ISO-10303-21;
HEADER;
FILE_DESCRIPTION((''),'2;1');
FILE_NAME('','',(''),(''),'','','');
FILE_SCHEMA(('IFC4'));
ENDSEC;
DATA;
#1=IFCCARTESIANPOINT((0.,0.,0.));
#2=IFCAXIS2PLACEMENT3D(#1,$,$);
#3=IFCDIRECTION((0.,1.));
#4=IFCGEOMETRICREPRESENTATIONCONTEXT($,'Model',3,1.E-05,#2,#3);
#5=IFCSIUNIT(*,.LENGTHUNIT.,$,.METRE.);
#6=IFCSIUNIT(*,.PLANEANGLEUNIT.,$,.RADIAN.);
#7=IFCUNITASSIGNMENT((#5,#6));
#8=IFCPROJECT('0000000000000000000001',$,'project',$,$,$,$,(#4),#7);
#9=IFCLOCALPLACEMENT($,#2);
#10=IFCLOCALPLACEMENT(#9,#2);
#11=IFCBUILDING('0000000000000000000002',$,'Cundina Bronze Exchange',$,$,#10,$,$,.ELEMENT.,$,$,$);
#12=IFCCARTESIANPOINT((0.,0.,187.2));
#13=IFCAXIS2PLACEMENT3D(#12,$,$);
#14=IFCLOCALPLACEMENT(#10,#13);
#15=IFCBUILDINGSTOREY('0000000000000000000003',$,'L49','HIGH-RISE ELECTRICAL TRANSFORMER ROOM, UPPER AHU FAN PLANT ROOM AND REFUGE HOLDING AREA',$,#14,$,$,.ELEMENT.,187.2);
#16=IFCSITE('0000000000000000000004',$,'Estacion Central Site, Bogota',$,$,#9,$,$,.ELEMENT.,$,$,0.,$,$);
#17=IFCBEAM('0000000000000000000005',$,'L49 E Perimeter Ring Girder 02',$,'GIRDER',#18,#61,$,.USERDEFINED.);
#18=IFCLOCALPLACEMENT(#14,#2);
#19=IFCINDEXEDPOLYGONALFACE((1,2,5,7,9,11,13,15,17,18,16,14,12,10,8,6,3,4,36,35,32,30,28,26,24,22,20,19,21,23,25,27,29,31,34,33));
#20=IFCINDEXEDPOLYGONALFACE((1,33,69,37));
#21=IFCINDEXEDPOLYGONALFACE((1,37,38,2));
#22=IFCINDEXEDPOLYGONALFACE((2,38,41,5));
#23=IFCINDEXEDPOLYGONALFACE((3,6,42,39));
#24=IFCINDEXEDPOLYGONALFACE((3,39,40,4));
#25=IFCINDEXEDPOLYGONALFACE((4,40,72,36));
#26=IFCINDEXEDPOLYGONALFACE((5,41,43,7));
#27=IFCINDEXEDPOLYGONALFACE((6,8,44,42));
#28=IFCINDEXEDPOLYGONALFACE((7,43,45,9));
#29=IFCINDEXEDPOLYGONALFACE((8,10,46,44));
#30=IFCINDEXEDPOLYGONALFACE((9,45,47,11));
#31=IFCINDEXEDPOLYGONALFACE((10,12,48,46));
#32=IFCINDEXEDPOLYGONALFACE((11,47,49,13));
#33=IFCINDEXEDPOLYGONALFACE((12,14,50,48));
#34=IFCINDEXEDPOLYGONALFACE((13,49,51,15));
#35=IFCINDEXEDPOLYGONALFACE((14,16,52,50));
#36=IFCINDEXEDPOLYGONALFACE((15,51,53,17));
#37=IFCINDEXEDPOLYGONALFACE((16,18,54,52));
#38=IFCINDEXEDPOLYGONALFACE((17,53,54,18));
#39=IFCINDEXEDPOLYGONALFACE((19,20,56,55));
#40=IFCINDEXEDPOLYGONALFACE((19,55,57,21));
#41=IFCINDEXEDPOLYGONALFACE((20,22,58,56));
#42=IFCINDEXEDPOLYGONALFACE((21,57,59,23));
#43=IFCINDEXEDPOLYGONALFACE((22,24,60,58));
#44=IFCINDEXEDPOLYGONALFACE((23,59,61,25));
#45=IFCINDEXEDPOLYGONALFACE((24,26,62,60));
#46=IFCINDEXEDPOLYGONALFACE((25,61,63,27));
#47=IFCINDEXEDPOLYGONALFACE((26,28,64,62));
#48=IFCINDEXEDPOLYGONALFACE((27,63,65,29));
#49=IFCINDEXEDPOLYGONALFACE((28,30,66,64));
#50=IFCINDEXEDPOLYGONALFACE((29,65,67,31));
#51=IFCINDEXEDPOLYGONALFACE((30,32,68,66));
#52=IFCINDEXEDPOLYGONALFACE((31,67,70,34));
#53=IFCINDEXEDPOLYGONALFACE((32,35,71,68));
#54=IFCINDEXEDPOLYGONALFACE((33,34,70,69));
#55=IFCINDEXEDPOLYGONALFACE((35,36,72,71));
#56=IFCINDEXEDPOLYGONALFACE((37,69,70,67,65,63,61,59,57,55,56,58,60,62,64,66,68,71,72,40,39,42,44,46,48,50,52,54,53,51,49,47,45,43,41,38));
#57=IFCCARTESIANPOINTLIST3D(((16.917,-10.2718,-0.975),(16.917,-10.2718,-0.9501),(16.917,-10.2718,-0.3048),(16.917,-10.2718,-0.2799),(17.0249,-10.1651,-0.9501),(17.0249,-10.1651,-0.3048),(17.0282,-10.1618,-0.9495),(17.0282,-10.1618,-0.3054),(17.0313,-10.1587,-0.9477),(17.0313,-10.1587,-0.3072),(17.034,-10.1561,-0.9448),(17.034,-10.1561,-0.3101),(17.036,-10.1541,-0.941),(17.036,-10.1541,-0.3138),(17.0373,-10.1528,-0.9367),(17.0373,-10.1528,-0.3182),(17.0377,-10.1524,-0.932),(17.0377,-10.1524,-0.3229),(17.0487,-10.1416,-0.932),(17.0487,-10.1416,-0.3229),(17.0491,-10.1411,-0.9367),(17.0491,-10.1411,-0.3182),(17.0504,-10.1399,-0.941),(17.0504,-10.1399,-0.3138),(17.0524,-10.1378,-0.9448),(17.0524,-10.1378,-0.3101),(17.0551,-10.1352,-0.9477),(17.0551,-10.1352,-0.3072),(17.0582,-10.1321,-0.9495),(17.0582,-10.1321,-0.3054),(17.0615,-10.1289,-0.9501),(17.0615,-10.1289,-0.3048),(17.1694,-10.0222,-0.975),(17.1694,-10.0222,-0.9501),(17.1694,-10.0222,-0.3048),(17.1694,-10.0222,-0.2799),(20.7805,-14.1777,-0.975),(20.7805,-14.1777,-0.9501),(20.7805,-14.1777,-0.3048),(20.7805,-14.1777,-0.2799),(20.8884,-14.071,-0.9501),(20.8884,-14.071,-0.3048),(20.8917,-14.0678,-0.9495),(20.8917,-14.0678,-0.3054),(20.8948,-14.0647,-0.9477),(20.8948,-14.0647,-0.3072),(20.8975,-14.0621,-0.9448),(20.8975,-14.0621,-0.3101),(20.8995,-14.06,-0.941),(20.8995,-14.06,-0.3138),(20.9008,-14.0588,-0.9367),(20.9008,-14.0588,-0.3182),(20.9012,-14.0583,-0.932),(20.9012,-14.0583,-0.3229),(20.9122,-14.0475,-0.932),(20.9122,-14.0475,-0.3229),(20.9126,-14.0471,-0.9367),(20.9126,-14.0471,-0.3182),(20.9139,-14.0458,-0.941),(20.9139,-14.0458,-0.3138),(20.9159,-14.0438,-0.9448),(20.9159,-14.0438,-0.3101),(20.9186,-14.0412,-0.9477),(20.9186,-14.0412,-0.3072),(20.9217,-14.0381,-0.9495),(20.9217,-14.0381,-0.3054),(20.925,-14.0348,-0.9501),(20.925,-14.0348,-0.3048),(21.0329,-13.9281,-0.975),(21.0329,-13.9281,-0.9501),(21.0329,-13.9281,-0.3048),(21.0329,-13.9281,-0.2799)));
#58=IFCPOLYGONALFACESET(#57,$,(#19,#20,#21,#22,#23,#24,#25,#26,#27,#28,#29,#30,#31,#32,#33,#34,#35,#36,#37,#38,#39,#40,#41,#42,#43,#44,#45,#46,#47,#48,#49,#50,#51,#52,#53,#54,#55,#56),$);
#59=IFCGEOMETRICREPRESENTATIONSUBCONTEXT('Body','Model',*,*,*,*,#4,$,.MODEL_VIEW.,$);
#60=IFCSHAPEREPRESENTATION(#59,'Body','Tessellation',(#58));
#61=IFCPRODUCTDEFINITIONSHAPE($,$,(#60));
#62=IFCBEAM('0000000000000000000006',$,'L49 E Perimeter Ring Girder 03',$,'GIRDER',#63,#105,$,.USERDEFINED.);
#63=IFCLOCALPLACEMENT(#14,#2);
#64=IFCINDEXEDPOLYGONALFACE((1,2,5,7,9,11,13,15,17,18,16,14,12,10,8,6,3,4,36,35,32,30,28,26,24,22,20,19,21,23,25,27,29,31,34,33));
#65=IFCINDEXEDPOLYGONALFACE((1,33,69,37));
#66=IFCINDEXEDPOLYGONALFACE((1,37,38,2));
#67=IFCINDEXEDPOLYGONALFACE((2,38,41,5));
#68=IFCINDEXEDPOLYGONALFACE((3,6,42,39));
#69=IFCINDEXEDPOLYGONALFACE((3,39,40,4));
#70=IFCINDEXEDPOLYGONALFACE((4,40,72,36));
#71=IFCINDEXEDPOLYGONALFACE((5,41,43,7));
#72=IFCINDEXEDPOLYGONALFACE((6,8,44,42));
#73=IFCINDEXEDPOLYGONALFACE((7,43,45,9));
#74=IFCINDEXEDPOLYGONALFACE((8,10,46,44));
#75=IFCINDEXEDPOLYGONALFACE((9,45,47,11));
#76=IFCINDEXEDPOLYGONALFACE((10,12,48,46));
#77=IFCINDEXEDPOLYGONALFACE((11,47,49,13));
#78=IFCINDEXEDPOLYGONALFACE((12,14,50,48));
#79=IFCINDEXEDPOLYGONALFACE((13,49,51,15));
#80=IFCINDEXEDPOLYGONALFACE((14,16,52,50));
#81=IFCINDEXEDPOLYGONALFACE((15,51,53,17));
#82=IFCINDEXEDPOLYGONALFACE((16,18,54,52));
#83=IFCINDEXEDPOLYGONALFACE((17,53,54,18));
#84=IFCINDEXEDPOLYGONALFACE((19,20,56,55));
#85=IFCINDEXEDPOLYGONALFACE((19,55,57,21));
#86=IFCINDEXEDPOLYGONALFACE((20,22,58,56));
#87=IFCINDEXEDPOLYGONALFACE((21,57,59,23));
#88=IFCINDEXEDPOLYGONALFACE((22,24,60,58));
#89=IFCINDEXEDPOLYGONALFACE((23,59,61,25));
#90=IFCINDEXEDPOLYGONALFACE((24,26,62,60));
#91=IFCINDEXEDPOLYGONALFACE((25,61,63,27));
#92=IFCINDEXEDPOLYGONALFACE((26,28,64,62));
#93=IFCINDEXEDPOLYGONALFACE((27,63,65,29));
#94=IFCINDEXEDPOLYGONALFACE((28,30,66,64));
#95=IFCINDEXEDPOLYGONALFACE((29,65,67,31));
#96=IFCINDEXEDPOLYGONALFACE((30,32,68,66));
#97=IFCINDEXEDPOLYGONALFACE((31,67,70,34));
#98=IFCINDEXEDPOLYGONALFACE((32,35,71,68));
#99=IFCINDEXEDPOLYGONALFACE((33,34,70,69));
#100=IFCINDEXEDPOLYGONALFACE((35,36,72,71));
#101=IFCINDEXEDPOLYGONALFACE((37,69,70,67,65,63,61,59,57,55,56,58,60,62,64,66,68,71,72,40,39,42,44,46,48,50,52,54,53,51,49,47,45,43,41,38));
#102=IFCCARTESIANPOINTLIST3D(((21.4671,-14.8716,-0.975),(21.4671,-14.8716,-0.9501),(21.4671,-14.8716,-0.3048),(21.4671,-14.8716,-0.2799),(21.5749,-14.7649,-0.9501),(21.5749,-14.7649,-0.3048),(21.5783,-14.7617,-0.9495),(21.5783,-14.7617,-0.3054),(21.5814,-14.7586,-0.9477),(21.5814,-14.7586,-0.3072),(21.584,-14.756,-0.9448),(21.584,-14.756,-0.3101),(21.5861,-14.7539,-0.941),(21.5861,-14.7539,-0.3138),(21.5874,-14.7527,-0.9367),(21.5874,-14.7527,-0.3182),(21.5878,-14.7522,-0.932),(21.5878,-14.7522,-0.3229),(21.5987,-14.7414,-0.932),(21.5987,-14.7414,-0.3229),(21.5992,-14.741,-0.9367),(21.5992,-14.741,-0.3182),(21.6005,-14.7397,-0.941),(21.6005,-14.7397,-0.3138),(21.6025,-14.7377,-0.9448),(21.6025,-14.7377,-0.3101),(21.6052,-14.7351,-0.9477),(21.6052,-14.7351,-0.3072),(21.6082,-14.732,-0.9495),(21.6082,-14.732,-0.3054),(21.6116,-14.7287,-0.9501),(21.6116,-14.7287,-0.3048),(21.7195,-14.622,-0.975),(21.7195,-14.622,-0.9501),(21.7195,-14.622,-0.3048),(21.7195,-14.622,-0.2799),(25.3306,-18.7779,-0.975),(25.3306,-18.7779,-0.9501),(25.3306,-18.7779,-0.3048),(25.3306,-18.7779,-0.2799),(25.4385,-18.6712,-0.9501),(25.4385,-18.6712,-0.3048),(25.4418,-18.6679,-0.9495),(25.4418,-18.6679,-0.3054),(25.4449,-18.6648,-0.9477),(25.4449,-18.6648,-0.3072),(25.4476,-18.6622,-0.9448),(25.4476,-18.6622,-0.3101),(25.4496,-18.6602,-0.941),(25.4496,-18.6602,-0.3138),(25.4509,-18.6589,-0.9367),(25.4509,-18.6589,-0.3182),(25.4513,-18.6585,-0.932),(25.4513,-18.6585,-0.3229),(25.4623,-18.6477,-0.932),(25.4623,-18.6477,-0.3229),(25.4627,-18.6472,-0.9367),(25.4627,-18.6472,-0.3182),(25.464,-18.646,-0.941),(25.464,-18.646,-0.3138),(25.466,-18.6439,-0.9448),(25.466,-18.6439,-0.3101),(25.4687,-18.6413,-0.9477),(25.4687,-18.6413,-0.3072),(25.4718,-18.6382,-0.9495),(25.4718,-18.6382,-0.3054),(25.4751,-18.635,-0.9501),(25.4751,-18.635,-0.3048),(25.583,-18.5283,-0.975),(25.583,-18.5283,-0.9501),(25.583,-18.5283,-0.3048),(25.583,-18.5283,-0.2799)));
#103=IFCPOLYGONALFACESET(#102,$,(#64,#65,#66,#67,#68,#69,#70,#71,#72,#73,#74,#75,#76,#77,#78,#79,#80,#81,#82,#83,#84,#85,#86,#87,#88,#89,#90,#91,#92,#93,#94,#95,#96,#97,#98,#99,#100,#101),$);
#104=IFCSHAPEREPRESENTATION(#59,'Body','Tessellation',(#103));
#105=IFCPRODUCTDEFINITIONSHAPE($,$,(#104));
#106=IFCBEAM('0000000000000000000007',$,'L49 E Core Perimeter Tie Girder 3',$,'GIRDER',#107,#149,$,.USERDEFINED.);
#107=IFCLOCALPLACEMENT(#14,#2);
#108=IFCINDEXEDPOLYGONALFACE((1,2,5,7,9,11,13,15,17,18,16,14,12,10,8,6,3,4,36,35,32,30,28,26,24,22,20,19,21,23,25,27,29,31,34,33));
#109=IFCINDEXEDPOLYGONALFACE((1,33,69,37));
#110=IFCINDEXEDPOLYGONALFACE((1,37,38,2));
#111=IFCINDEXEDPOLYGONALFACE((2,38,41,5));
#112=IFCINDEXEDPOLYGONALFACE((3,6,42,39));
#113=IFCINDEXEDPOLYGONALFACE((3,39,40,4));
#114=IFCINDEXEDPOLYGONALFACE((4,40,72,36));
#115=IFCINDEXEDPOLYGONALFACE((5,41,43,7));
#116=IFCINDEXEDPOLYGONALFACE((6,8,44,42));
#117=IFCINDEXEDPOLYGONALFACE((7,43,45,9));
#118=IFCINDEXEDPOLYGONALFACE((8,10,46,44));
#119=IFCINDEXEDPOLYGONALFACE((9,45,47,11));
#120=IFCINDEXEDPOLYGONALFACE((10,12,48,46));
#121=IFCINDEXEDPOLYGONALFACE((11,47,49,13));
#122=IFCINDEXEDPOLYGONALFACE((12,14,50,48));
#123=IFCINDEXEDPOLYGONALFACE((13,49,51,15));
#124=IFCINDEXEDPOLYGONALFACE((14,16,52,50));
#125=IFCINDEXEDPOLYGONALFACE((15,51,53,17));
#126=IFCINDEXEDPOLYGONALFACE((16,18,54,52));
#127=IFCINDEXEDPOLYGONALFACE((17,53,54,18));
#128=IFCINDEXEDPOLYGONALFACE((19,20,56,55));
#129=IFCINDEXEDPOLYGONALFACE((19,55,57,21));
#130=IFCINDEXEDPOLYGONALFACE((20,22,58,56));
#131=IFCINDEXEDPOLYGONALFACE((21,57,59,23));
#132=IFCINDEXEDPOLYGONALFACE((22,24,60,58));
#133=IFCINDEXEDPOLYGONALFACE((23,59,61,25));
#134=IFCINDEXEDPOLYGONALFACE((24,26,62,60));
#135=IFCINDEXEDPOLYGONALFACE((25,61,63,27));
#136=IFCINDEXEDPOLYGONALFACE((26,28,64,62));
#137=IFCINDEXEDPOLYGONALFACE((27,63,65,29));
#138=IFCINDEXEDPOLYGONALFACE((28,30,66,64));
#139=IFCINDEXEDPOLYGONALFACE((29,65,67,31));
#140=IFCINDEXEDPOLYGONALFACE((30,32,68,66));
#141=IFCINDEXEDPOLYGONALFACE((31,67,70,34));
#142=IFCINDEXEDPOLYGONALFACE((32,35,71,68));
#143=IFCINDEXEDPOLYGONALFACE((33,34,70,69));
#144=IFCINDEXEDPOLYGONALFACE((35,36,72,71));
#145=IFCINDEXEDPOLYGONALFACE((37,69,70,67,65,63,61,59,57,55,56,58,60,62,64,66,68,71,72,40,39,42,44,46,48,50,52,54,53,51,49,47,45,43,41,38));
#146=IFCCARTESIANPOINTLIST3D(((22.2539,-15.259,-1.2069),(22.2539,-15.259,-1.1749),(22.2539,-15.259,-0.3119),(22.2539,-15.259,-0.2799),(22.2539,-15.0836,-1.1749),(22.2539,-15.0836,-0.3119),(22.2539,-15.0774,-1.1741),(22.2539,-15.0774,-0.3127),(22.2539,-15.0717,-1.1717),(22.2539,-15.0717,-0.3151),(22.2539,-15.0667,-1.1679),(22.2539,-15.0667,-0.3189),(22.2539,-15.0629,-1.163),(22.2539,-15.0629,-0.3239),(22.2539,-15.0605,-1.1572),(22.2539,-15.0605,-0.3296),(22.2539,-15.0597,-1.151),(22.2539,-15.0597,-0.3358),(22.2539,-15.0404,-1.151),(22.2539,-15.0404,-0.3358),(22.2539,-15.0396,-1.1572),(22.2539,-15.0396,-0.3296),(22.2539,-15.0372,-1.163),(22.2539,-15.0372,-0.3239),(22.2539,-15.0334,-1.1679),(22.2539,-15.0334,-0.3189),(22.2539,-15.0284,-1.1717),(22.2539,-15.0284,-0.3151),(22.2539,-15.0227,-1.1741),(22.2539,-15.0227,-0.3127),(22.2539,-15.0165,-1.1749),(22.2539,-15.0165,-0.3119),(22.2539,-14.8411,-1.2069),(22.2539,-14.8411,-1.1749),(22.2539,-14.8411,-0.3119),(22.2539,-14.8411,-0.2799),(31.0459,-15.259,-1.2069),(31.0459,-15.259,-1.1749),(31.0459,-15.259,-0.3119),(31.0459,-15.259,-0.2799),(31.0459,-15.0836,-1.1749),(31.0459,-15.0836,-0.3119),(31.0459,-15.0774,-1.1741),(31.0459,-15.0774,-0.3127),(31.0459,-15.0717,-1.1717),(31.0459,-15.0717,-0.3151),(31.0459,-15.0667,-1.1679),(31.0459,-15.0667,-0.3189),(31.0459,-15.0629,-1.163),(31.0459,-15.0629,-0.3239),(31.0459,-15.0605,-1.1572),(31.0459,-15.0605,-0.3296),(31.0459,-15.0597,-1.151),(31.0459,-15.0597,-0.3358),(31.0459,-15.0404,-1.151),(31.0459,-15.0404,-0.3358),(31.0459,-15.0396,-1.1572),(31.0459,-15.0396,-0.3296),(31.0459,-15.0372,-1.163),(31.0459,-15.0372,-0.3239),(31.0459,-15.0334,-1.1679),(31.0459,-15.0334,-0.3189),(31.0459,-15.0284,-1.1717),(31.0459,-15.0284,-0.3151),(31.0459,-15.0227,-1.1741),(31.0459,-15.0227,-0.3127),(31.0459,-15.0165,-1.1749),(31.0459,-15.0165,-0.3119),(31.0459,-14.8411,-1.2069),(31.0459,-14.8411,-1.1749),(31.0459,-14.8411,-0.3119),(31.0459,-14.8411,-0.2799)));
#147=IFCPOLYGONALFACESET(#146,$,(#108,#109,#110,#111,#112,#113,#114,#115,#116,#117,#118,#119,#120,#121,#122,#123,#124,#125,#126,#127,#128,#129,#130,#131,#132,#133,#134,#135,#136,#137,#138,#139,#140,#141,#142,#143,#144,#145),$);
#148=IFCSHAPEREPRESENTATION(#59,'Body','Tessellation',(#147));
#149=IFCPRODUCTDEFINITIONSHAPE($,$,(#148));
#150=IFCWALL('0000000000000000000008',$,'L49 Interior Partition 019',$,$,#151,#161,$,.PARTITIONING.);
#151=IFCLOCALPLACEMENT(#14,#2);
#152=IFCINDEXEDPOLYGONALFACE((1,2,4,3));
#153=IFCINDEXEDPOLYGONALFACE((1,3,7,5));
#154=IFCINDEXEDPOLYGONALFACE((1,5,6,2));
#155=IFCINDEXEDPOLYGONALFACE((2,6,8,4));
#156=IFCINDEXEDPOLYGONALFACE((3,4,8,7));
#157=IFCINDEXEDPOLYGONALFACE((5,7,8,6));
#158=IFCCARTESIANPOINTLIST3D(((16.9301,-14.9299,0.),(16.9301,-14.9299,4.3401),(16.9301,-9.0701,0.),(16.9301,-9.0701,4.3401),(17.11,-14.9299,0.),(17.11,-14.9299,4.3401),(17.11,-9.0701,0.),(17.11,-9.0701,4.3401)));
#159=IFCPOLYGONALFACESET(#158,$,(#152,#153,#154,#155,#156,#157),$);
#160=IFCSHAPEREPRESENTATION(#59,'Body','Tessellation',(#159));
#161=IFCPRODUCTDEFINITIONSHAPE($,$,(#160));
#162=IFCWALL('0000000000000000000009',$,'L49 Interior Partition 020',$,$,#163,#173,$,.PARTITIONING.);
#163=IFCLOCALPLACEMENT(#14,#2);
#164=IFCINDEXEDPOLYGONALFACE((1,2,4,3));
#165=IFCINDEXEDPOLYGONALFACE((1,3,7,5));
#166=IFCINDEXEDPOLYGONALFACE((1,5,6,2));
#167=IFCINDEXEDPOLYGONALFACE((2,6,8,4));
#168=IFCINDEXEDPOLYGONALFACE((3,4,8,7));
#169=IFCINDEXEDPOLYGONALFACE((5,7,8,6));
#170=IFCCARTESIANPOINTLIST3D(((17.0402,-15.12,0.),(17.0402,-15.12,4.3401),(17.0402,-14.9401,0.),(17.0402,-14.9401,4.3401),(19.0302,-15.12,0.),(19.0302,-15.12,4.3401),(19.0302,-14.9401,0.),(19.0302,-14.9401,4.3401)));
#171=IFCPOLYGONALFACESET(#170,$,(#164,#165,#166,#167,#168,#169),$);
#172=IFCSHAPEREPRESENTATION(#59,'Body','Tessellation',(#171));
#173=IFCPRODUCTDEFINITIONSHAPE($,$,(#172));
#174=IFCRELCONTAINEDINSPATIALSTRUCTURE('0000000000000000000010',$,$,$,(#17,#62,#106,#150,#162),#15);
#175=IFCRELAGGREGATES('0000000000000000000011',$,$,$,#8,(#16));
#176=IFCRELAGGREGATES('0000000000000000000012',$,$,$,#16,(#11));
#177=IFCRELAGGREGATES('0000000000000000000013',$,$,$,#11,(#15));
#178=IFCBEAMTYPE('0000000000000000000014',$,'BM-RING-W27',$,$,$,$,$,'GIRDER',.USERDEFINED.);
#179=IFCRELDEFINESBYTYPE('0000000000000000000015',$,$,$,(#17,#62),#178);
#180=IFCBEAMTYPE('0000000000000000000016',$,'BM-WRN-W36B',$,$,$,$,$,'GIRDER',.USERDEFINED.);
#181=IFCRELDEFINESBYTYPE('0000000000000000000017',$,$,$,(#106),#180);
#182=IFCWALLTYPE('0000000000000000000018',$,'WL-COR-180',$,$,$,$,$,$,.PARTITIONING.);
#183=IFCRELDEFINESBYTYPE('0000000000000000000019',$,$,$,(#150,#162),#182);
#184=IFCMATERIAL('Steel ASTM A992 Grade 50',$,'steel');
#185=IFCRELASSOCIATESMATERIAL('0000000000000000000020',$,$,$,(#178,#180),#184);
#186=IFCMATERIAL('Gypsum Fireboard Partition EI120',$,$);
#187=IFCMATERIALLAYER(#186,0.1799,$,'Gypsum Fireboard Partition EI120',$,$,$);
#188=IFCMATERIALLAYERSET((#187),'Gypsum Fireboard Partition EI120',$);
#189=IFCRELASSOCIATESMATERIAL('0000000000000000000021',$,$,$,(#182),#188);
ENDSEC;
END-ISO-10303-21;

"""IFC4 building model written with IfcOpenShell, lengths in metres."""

from ifc_helpers import new_model, si_unit, direction, frame, frame_2d, origin, origin_2d, place, context, subcontext, project, spatial, rectangle, i_section, extrude, material, layer, layer_set, material_profile, profile_set, type_object, element, save


model = new_model("IFC4")

# Units and contexts
model_context = context("Model", 3, precision=1e-05, world=origin(), true_north=direction((0.0, 1.0)))
body_context = subcontext(model_context, "Body", "Model", "MODEL_VIEW")
ifc_project = project(units=[si_unit("LENGTHUNIT", "METRE"), si_unit("PLANEANGLEUNIT", "RADIAN")], contexts=[model_context])

# Site, building, storey
site_placement = place(None, origin())
site = spatial("IfcSite", under=ifc_project, at=site_placement, Name="Estacion Central Site, Bogota", CompositionType="ELEMENT", RefElevation=0.0)
building_placement = place(site_placement, origin())
building = spatial("IfcBuilding", under=site, at=building_placement, Name="Cundina Bronze Exchange", CompositionType="ELEMENT")
storey_placement = place(building_placement, frame((0.0, 0.0, 187.2)))
storey = spatial("IfcBuildingStorey", under=building, at=storey_placement, Name="L49", Description="HIGH-RISE ELECTRICAL TRANSFORMER ROOM, UPPER AHU FAN PLANT ROOM AND REFUGE HOLDING AREA", CompositionType="ELEMENT", Elevation=187.2)

# Shared definitions
ifc_material_1 = material(Name="Steel ASTM A992 Grade 50", Category="steel")

# Beams
ifc_material_profile_1 = material_profile(ifc_material_1, i_section(OverallWidth=0.355, OverallDepth=0.6951, WebThickness=0.0154, FlangeThickness=0.0249, FilletRadius=0.0181, at=origin_2d()), Name="W27X146", Category="steel")
ifc_profile_set_1 = profile_set([ifc_material_profile_1], Name="Steel ASTM A992 Grade 50")
beam_type_1 = type_object("IfcBeamType", Name="BM-RING-W27", ElementType="GIRDER", PredefinedType="USERDEFINED", material=ifc_profile_set_1)
beam_1_placement = place(storey_placement, frame((17.0432, -10.147, -0.6274), z_axis=(0.70323, -0.710962, 0.0), x_axis=(0.710962, 0.70323, 0.0)))
element("IfcBeam", 1, at=beam_1_placement, inside=storey, type_object=beam_type_1, Name="L49 E Perimeter Ring Girder 02", ObjectType="GIRDER", PredefinedType="USERDEFINED", context=body_context, shape_type="SweptSolid", body=[
    extrude(i_section(OverallWidth=0.355, OverallDepth=0.6951, WebThickness=0.0154, FlangeThickness=0.0249, FilletRadius=0.0181, at=origin_2d()), origin(), (0.0, 0.0, 1.0), 5.4939),
])
beam_2_placement = place(storey_placement, frame((21.5933, -14.7468, -0.6274), z_axis=(0.703208, -0.710984, 0.0), x_axis=(0.710984, 0.703208, 0.0)))
element("IfcBeam", 2, at=beam_2_placement, inside=storey, type_object=beam_type_1, Name="L49 E Perimeter Ring Girder 03", ObjectType="GIRDER", PredefinedType="USERDEFINED", context=body_context, shape_type="SweptSolid", body=[
    extrude(i_section(OverallWidth=0.355, OverallDepth=0.6951, WebThickness=0.0154, FlangeThickness=0.0249, FilletRadius=0.0181, at=origin_2d()), origin(), (0.0, 0.0, 1.0), 5.4941),
])
ifc_material_profile_2 = material_profile(ifc_material_1, i_section(OverallWidth=0.418, OverallDepth=0.927, WebThickness=0.0193, FlangeThickness=0.032, FilletRadius=0.0239, at=origin_2d()), Name="W36X231", Category="steel")
ifc_profile_set_2 = profile_set([ifc_material_profile_2], Name="Steel ASTM A992 Grade 50")
beam_type_2 = type_object("IfcBeamType", Name="BM-WRN-W36B", ElementType="GIRDER", PredefinedType="USERDEFINED", material=ifc_profile_set_2)
beam_3_placement = place(storey_placement, frame((22.2539, -15.05, -0.7434), z_axis=(1.0, 0.0, 0.0), x_axis=(0.0, 1.0, 0.0)))
element("IfcBeam", 3, at=beam_3_placement, inside=storey, type_object=beam_type_2, Name="L49 E Core Perimeter Tie Girder 3", ObjectType="GIRDER", PredefinedType="USERDEFINED", context=body_context, shape_type="SweptSolid", body=[
    extrude(i_section(OverallWidth=0.418, OverallDepth=0.927, WebThickness=0.0193, FlangeThickness=0.032, FilletRadius=0.0239, at=origin_2d()), origin(), (0.0, 0.0, 1.0), 8.792),
])

# Walls
ifc_material_2 = material(Name="Gypsum Fireboard Partition EI120")
ifc_layer_1 = layer(ifc_material_2, 0.1799, Name="Gypsum Fireboard Partition EI120")
ifc_layer_set_1 = layer_set([ifc_layer_1], Name="Gypsum Fireboard Partition EI120")
wall_type_1 = type_object("IfcWallType", Name="WL-COR-180", PredefinedType="PARTITIONING", material=ifc_layer_set_1)
wall_1_placement = place(storey_placement, frame((17.02, -14.9299, 0.0), z_axis=(0.0, 0.0, 1.0), x_axis=(0.0, 1.0, 0.0)))
element("IfcWall", 4, at=wall_1_placement, inside=storey, type_object=wall_type_1, Name="L49 Interior Partition 019", PredefinedType="PARTITIONING", context=body_context, shape_type="SweptSolid", body=[
    extrude(rectangle(XDim=5.8599, YDim=0.1799, at=frame_2d((2.9299, 0.0))), origin(), (0.0, 0.0, 1.0), 4.3401),
])
wall_2_placement = place(storey_placement, frame((17.04, -15.03, 0.0), z_axis=(0.0, 0.0, 1.0), x_axis=(1.0, 0.0, 0.0)))
element("IfcWall", 5, at=wall_2_placement, inside=storey, type_object=wall_type_1, Name="L49 Interior Partition 020", PredefinedType="PARTITIONING", context=body_context, shape_type="SweptSolid", body=[
    extrude(rectangle(XDim=1.99, YDim=0.1799, at=frame_2d((0.9951, 0.0))), origin(), (0.0, 0.0, 1.0), 4.3401),
])

save(model, "model.ifc")
